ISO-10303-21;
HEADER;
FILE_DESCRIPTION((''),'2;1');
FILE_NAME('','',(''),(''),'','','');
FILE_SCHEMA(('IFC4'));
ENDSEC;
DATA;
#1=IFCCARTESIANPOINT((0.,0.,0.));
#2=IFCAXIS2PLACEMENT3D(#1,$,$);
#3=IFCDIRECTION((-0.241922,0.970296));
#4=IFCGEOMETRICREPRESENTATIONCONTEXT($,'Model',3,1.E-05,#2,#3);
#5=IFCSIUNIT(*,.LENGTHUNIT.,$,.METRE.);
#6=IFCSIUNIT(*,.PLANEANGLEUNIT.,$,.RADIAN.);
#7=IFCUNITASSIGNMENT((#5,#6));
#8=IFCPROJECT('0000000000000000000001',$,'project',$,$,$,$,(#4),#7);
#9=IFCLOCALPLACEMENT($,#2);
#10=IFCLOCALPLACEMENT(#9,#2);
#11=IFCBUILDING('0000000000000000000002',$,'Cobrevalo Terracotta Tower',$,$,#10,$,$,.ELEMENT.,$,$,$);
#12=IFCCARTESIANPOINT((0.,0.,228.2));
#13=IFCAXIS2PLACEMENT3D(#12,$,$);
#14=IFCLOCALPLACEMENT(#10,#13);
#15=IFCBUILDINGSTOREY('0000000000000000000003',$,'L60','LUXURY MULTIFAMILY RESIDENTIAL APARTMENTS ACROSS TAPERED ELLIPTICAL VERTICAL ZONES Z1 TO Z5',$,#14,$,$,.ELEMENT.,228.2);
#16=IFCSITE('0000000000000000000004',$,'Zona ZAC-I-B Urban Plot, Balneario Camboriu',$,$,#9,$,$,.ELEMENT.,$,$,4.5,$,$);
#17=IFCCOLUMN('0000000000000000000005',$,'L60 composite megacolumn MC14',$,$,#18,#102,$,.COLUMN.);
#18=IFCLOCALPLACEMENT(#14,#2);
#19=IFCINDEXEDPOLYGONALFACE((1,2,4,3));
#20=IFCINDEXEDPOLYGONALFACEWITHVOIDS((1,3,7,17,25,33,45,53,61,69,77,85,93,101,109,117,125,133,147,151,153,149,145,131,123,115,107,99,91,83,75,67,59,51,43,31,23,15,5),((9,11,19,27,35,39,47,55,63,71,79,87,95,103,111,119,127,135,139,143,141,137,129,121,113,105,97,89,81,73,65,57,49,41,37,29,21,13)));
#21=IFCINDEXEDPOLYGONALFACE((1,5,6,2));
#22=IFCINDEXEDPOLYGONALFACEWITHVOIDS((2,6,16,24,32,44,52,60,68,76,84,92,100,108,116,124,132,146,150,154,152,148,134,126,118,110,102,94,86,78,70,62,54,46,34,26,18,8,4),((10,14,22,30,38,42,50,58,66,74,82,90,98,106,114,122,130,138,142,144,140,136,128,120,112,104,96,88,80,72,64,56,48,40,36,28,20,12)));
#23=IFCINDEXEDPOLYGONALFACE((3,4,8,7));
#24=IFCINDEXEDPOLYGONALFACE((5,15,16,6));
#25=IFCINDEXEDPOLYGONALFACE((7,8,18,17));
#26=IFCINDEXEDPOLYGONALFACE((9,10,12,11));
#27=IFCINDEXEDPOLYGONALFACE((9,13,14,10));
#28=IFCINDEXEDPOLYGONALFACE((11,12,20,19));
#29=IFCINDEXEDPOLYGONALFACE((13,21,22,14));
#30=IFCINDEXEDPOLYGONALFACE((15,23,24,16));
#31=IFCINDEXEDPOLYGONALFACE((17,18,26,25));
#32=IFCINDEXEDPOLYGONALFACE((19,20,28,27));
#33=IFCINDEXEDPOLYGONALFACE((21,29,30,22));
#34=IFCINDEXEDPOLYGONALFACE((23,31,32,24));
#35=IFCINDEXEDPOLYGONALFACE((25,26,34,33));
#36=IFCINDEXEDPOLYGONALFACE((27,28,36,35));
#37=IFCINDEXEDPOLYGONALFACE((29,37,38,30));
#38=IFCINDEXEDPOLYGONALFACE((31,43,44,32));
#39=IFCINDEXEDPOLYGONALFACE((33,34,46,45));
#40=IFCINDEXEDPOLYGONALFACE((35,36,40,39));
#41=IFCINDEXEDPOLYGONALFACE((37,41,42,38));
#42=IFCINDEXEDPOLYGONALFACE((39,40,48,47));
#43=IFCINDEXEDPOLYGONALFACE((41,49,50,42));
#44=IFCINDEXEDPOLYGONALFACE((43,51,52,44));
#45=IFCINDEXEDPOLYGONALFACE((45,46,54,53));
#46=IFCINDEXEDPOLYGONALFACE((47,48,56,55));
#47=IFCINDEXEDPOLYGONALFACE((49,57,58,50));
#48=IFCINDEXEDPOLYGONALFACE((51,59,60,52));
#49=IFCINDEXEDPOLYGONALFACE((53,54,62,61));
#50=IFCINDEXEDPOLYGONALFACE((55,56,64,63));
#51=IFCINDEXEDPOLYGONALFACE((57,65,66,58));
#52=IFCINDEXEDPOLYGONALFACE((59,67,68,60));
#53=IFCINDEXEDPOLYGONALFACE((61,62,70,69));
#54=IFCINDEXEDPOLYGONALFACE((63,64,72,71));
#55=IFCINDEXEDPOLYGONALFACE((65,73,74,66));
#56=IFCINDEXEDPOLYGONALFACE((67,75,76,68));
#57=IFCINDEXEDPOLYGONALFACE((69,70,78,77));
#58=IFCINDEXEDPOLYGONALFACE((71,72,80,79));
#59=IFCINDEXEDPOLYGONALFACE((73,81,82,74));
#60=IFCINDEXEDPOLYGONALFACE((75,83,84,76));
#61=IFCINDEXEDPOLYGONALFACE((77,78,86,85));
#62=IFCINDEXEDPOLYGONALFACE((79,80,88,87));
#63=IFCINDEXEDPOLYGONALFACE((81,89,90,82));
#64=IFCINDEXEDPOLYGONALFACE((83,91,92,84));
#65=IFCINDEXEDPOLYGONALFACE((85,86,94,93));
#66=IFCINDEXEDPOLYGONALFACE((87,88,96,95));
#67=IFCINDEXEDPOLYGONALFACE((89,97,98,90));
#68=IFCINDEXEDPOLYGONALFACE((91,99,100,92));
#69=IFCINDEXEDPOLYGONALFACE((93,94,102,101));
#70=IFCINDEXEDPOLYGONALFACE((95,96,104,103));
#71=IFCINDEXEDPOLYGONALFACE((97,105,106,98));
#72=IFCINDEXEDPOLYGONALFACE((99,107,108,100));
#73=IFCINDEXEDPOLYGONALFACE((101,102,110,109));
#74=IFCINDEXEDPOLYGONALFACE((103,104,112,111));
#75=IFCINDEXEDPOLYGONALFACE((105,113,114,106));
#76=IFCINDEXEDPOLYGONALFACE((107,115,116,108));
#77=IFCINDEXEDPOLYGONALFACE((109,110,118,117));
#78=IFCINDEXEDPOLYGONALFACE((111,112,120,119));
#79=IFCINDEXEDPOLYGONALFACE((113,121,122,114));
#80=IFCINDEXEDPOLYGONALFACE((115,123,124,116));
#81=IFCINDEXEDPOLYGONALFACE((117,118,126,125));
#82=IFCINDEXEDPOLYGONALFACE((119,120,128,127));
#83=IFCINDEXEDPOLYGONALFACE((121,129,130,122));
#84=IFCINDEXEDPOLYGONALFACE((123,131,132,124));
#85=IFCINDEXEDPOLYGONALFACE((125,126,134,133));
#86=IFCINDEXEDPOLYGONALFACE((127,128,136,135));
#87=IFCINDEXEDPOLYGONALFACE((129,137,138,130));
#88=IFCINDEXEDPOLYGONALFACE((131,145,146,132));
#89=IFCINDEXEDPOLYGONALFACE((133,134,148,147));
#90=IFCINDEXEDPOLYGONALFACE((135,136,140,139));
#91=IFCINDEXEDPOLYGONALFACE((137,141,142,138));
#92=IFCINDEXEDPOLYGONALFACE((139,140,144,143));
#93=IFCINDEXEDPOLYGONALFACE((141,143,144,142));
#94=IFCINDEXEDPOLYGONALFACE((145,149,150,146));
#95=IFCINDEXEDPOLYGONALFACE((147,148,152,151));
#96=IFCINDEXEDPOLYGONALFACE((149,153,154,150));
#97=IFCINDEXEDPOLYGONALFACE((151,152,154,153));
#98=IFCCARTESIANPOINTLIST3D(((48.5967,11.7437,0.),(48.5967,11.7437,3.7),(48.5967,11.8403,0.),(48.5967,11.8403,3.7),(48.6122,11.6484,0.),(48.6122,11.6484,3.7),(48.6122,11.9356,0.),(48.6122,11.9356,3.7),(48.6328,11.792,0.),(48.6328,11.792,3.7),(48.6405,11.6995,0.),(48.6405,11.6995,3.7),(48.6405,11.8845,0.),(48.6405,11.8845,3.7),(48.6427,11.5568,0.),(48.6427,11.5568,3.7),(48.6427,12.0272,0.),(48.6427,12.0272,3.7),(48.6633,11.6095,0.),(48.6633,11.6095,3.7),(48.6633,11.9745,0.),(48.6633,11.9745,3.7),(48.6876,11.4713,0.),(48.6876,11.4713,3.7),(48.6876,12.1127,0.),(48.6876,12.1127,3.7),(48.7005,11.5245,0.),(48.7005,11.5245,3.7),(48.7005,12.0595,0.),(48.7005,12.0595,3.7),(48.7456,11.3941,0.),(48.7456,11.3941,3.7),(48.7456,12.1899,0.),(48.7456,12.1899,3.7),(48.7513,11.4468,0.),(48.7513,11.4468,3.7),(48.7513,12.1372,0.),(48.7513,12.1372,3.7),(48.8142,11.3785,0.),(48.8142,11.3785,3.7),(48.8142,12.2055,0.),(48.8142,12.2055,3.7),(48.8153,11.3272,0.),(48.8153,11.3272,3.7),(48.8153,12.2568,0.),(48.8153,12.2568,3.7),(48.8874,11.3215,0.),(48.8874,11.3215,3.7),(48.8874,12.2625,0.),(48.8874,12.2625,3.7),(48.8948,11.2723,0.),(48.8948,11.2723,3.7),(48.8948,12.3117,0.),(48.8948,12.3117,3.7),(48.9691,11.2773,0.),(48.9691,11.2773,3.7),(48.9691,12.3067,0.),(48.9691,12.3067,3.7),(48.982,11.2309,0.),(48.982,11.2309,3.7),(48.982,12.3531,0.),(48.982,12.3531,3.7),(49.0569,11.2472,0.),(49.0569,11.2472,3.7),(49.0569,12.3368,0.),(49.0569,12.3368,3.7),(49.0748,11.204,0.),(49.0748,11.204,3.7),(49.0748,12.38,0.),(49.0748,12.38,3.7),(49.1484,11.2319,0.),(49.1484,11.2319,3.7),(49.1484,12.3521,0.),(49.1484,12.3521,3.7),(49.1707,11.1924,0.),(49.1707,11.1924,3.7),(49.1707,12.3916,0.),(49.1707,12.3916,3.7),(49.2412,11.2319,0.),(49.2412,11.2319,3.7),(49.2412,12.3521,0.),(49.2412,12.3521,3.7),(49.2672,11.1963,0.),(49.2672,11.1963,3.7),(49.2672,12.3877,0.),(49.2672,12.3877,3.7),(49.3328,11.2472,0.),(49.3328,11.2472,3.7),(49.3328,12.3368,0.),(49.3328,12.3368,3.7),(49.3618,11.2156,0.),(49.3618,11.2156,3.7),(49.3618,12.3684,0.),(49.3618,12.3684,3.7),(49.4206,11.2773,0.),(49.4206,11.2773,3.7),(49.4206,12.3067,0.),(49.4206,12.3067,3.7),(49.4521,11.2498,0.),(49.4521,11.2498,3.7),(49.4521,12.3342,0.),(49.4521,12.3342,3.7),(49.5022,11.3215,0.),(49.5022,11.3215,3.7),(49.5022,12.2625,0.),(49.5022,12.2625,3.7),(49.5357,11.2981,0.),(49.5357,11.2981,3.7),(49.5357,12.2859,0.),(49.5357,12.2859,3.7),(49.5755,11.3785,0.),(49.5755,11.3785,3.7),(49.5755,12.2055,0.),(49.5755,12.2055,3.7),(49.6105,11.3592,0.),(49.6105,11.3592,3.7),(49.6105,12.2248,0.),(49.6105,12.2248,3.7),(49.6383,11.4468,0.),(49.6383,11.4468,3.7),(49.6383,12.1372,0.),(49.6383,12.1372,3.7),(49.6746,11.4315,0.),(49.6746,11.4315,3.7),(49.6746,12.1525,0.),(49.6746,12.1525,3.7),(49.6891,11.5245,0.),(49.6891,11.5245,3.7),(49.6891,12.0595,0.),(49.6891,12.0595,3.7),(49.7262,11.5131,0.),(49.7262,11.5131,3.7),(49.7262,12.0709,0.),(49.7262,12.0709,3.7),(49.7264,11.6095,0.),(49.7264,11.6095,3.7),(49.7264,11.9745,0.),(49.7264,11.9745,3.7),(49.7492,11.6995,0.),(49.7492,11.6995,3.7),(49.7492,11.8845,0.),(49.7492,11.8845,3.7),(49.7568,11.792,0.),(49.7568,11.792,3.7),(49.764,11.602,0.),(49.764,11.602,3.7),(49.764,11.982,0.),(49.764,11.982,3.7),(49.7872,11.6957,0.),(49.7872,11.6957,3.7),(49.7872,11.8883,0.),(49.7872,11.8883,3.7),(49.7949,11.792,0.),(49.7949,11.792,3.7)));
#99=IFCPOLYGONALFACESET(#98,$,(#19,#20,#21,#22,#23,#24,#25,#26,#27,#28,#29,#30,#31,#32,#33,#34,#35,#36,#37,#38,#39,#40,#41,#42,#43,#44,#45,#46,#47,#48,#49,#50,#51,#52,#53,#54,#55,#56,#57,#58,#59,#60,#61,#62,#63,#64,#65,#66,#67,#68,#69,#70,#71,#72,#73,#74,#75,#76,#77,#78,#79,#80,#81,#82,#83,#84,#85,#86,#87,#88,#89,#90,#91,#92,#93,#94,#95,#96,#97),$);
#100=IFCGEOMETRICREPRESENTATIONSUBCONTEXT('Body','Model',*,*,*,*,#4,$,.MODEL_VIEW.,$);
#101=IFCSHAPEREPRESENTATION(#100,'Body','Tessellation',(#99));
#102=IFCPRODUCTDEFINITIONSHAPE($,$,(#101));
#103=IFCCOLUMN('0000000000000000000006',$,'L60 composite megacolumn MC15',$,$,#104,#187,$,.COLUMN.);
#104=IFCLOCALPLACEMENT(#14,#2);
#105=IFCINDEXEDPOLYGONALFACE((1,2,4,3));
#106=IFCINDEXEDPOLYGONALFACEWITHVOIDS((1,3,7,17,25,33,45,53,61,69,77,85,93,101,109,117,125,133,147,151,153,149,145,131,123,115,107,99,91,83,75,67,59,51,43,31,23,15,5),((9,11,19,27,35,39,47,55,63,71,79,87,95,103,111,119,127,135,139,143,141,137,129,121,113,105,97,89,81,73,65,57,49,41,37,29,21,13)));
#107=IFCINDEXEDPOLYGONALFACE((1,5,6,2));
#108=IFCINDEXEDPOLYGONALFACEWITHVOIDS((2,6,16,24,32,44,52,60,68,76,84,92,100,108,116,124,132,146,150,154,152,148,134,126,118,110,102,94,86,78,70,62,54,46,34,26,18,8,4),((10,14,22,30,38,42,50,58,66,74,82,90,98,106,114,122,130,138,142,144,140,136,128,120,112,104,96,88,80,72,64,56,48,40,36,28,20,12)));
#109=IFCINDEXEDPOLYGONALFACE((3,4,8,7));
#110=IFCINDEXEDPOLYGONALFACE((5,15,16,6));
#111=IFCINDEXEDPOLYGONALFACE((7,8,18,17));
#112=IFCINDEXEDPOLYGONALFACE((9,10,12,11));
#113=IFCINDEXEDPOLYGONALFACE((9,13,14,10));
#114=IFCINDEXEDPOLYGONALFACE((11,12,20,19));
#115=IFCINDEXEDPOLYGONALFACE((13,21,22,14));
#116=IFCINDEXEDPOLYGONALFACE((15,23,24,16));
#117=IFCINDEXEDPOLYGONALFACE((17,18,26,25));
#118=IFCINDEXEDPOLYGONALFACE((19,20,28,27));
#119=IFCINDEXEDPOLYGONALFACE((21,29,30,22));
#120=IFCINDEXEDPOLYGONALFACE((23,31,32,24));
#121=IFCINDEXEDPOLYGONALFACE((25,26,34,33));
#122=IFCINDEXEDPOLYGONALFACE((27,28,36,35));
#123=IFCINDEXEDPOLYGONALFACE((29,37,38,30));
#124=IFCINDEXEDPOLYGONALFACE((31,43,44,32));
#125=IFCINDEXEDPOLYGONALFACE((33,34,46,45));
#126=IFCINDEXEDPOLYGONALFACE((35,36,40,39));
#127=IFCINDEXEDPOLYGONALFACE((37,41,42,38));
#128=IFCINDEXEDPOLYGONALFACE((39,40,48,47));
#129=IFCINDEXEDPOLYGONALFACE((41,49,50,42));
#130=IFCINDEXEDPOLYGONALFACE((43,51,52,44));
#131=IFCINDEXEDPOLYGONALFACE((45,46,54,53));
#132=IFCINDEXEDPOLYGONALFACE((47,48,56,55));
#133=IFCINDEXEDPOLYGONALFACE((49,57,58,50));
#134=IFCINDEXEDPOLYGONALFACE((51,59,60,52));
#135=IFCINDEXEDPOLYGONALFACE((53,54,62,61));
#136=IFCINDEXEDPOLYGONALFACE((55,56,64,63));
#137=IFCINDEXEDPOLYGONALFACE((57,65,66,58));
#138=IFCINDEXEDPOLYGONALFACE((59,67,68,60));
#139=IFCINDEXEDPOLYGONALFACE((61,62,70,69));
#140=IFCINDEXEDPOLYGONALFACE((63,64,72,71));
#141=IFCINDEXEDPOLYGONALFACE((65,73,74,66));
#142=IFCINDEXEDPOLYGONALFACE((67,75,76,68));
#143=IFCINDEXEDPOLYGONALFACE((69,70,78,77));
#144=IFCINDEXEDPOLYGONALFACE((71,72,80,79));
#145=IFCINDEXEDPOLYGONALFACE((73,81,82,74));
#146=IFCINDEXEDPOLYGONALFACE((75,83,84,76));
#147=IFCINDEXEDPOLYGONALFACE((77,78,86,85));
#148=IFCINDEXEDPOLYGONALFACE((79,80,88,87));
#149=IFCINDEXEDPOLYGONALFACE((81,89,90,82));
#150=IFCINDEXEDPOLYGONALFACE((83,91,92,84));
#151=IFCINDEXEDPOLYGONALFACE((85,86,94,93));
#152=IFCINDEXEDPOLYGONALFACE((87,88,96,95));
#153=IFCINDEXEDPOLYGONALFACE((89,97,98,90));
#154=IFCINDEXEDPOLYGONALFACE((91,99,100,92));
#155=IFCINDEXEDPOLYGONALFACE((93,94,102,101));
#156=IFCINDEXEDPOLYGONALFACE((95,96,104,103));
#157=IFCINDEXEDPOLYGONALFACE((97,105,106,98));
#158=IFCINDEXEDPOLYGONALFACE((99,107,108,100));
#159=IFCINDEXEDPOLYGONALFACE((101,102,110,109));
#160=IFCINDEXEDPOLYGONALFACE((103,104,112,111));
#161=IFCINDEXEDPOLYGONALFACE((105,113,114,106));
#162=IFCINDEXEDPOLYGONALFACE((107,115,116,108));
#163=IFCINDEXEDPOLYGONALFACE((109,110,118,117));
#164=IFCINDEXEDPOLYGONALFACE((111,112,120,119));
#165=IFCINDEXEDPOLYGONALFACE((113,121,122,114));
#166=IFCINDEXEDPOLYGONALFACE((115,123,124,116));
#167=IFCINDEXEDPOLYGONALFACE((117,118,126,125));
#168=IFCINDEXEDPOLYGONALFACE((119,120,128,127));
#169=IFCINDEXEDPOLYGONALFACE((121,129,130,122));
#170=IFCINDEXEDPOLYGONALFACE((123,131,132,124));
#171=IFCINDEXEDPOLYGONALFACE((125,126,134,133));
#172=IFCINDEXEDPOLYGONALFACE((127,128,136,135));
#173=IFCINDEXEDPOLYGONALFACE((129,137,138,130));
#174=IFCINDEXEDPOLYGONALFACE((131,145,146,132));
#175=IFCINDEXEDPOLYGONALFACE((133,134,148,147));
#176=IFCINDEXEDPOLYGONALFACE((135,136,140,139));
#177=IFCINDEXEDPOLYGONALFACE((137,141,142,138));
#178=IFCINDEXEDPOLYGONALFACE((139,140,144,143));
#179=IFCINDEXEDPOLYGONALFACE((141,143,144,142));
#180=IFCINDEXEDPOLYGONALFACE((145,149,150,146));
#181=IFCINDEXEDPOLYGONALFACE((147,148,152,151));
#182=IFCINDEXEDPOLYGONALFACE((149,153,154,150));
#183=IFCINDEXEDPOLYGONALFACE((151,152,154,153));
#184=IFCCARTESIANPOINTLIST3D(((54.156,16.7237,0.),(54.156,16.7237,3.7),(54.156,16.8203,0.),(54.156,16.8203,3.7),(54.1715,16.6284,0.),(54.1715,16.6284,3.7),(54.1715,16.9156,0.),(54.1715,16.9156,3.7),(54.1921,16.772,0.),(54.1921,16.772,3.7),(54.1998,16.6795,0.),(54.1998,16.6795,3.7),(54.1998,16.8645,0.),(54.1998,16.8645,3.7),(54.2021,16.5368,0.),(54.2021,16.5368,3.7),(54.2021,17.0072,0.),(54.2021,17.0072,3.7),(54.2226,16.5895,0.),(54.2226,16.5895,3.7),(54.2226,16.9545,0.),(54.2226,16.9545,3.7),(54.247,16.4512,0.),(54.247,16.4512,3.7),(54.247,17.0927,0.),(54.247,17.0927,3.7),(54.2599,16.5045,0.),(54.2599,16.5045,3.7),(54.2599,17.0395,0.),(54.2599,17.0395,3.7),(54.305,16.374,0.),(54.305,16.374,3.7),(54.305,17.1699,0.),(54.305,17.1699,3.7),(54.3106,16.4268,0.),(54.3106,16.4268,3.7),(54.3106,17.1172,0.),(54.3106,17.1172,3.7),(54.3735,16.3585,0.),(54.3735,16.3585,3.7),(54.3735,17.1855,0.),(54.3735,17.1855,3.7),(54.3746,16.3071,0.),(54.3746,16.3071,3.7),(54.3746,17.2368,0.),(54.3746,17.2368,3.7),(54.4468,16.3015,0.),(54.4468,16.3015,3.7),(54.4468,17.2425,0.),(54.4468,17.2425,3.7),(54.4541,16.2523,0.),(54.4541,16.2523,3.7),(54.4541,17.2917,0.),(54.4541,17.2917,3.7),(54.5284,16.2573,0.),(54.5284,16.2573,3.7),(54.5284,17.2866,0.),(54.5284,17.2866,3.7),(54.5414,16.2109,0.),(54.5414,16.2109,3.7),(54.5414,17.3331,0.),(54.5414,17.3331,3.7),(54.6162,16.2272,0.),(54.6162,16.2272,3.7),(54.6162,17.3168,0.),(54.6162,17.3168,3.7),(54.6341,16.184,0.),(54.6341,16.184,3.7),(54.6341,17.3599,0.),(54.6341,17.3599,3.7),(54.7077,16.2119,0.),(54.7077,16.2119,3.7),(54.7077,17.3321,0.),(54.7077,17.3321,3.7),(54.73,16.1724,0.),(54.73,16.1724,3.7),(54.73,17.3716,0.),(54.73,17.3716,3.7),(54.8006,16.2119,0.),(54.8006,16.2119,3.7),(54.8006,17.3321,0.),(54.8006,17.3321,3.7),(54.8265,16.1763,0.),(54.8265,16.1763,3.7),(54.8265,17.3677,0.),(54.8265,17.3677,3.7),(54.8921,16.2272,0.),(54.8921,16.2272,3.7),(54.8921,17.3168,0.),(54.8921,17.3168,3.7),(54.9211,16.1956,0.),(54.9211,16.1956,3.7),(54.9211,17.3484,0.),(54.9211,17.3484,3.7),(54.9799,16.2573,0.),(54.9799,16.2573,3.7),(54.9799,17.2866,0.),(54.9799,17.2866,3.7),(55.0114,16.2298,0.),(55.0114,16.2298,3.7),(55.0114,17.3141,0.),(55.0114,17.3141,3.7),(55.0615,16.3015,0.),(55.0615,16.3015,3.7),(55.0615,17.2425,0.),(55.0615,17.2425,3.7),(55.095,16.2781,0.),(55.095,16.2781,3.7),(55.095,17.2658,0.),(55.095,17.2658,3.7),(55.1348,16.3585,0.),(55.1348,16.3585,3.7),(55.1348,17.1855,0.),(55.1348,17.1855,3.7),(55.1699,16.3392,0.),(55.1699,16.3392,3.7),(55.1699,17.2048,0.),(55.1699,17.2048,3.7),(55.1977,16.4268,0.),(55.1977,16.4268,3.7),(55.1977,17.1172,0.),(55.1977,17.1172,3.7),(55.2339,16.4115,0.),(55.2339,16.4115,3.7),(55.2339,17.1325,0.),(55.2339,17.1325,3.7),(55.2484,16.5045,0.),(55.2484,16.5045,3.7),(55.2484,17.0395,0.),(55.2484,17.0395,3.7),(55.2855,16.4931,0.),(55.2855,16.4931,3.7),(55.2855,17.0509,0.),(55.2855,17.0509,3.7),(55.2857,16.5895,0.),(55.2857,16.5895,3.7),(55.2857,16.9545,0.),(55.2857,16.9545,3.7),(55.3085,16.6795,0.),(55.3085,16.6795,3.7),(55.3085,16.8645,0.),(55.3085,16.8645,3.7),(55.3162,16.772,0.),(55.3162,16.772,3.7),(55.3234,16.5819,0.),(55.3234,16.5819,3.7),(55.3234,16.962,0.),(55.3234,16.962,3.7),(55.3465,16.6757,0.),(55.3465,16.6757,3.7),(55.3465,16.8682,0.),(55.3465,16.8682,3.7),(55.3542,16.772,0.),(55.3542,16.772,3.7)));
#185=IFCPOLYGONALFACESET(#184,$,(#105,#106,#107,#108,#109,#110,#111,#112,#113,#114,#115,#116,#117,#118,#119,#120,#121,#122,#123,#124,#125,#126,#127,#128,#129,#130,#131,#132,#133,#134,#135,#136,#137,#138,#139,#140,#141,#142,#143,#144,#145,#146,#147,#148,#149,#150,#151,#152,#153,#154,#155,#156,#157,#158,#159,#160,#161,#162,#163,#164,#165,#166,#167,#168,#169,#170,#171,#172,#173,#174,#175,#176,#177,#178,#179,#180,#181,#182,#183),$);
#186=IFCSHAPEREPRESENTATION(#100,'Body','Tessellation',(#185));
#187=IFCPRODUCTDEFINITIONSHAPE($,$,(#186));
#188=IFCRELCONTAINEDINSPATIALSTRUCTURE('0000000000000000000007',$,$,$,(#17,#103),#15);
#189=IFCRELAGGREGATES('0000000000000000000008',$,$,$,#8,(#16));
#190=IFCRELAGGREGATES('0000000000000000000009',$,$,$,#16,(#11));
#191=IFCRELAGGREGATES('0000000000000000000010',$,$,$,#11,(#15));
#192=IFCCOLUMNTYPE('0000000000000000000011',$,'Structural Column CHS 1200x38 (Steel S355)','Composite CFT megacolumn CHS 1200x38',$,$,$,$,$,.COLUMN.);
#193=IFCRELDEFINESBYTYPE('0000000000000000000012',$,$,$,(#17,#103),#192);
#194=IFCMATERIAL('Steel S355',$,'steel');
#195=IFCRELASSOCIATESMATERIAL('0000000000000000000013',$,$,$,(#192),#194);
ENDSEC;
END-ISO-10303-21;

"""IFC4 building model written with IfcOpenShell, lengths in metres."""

from ifc_helpers import new_model, si_unit, direction, frame, origin, origin_2d, place, context, subcontext, project, spatial, hollow_circle, extrude, material, material_profile, profile_set, type_object, element, save


model = new_model("IFC4")

# Units and contexts
model_context = context("Model", 3, precision=1e-05, world=origin(), true_north=direction((-0.241922, 0.970296)))
body_context = subcontext(model_context, "Body", "Model", "MODEL_VIEW")
ifc_project = project(units=[si_unit("LENGTHUNIT", "METRE"), si_unit("PLANEANGLEUNIT", "RADIAN")], contexts=[model_context])

# Site, building, storey
site_placement = place(None, origin())
site = spatial("IfcSite", under=ifc_project, at=site_placement, Name="Zona ZAC-I-B Urban Plot, Balneario Camboriu", CompositionType="ELEMENT", RefElevation=4.5)
building_placement = place(site_placement, origin())
building = spatial("IfcBuilding", under=site, at=building_placement, Name="Cobrevalo Terracotta Tower", CompositionType="ELEMENT")
storey_placement = place(building_placement, frame((0.0, 0.0, 228.2)))
storey = spatial("IfcBuildingStorey", under=building, at=storey_placement, Name="L60", Description="LUXURY MULTIFAMILY RESIDENTIAL APARTMENTS ACROSS TAPERED ELLIPTICAL VERTICAL ZONES Z1 TO Z5", CompositionType="ELEMENT", Elevation=228.2)

# Columns
ifc_material_1 = material(Name="Steel S355", Category="steel")
ifc_material_profile_1 = material_profile(ifc_material_1, hollow_circle(Radius=0.6001, WallThickness=0.0381, at=origin_2d()), Name="CHS 1200x38")
ifc_profile_set_1 = profile_set([ifc_material_profile_1], Name="Steel S355")
column_type = type_object("IfcColumnType", Name="Structural Column CHS 1200x38 (Steel S355)", Description="Composite CFT megacolumn CHS 1200x38", PredefinedType="COLUMN", material=ifc_profile_set_1)
for number, where, z_axis, x_axis, name in (
    (1, (49.1948, 11.792, 0.0), (0.0, 0.0, 1.0), (1.0, 0.0, 0.0), "L60 composite megacolumn MC14"),
    (2, (54.7542, 16.772, 0.0), (0.0, 0.0, 1.0), (1.0, 0.0, 0.0), "L60 composite megacolumn MC15"),
):
    element("IfcColumn", number, at=place(storey_placement, frame(where, z_axis=z_axis, x_axis=x_axis)), inside=storey, type_object=column_type, Name=name, PredefinedType="COLUMN", context=body_context, shape_type="SweptSolid", body=[
        extrude(hollow_circle(Radius=0.6001, WallThickness=0.0381, at=origin_2d()), origin(), (0.0, 0.0, 1.0), 3.7),
    ])

save(model, "model.ifc")
